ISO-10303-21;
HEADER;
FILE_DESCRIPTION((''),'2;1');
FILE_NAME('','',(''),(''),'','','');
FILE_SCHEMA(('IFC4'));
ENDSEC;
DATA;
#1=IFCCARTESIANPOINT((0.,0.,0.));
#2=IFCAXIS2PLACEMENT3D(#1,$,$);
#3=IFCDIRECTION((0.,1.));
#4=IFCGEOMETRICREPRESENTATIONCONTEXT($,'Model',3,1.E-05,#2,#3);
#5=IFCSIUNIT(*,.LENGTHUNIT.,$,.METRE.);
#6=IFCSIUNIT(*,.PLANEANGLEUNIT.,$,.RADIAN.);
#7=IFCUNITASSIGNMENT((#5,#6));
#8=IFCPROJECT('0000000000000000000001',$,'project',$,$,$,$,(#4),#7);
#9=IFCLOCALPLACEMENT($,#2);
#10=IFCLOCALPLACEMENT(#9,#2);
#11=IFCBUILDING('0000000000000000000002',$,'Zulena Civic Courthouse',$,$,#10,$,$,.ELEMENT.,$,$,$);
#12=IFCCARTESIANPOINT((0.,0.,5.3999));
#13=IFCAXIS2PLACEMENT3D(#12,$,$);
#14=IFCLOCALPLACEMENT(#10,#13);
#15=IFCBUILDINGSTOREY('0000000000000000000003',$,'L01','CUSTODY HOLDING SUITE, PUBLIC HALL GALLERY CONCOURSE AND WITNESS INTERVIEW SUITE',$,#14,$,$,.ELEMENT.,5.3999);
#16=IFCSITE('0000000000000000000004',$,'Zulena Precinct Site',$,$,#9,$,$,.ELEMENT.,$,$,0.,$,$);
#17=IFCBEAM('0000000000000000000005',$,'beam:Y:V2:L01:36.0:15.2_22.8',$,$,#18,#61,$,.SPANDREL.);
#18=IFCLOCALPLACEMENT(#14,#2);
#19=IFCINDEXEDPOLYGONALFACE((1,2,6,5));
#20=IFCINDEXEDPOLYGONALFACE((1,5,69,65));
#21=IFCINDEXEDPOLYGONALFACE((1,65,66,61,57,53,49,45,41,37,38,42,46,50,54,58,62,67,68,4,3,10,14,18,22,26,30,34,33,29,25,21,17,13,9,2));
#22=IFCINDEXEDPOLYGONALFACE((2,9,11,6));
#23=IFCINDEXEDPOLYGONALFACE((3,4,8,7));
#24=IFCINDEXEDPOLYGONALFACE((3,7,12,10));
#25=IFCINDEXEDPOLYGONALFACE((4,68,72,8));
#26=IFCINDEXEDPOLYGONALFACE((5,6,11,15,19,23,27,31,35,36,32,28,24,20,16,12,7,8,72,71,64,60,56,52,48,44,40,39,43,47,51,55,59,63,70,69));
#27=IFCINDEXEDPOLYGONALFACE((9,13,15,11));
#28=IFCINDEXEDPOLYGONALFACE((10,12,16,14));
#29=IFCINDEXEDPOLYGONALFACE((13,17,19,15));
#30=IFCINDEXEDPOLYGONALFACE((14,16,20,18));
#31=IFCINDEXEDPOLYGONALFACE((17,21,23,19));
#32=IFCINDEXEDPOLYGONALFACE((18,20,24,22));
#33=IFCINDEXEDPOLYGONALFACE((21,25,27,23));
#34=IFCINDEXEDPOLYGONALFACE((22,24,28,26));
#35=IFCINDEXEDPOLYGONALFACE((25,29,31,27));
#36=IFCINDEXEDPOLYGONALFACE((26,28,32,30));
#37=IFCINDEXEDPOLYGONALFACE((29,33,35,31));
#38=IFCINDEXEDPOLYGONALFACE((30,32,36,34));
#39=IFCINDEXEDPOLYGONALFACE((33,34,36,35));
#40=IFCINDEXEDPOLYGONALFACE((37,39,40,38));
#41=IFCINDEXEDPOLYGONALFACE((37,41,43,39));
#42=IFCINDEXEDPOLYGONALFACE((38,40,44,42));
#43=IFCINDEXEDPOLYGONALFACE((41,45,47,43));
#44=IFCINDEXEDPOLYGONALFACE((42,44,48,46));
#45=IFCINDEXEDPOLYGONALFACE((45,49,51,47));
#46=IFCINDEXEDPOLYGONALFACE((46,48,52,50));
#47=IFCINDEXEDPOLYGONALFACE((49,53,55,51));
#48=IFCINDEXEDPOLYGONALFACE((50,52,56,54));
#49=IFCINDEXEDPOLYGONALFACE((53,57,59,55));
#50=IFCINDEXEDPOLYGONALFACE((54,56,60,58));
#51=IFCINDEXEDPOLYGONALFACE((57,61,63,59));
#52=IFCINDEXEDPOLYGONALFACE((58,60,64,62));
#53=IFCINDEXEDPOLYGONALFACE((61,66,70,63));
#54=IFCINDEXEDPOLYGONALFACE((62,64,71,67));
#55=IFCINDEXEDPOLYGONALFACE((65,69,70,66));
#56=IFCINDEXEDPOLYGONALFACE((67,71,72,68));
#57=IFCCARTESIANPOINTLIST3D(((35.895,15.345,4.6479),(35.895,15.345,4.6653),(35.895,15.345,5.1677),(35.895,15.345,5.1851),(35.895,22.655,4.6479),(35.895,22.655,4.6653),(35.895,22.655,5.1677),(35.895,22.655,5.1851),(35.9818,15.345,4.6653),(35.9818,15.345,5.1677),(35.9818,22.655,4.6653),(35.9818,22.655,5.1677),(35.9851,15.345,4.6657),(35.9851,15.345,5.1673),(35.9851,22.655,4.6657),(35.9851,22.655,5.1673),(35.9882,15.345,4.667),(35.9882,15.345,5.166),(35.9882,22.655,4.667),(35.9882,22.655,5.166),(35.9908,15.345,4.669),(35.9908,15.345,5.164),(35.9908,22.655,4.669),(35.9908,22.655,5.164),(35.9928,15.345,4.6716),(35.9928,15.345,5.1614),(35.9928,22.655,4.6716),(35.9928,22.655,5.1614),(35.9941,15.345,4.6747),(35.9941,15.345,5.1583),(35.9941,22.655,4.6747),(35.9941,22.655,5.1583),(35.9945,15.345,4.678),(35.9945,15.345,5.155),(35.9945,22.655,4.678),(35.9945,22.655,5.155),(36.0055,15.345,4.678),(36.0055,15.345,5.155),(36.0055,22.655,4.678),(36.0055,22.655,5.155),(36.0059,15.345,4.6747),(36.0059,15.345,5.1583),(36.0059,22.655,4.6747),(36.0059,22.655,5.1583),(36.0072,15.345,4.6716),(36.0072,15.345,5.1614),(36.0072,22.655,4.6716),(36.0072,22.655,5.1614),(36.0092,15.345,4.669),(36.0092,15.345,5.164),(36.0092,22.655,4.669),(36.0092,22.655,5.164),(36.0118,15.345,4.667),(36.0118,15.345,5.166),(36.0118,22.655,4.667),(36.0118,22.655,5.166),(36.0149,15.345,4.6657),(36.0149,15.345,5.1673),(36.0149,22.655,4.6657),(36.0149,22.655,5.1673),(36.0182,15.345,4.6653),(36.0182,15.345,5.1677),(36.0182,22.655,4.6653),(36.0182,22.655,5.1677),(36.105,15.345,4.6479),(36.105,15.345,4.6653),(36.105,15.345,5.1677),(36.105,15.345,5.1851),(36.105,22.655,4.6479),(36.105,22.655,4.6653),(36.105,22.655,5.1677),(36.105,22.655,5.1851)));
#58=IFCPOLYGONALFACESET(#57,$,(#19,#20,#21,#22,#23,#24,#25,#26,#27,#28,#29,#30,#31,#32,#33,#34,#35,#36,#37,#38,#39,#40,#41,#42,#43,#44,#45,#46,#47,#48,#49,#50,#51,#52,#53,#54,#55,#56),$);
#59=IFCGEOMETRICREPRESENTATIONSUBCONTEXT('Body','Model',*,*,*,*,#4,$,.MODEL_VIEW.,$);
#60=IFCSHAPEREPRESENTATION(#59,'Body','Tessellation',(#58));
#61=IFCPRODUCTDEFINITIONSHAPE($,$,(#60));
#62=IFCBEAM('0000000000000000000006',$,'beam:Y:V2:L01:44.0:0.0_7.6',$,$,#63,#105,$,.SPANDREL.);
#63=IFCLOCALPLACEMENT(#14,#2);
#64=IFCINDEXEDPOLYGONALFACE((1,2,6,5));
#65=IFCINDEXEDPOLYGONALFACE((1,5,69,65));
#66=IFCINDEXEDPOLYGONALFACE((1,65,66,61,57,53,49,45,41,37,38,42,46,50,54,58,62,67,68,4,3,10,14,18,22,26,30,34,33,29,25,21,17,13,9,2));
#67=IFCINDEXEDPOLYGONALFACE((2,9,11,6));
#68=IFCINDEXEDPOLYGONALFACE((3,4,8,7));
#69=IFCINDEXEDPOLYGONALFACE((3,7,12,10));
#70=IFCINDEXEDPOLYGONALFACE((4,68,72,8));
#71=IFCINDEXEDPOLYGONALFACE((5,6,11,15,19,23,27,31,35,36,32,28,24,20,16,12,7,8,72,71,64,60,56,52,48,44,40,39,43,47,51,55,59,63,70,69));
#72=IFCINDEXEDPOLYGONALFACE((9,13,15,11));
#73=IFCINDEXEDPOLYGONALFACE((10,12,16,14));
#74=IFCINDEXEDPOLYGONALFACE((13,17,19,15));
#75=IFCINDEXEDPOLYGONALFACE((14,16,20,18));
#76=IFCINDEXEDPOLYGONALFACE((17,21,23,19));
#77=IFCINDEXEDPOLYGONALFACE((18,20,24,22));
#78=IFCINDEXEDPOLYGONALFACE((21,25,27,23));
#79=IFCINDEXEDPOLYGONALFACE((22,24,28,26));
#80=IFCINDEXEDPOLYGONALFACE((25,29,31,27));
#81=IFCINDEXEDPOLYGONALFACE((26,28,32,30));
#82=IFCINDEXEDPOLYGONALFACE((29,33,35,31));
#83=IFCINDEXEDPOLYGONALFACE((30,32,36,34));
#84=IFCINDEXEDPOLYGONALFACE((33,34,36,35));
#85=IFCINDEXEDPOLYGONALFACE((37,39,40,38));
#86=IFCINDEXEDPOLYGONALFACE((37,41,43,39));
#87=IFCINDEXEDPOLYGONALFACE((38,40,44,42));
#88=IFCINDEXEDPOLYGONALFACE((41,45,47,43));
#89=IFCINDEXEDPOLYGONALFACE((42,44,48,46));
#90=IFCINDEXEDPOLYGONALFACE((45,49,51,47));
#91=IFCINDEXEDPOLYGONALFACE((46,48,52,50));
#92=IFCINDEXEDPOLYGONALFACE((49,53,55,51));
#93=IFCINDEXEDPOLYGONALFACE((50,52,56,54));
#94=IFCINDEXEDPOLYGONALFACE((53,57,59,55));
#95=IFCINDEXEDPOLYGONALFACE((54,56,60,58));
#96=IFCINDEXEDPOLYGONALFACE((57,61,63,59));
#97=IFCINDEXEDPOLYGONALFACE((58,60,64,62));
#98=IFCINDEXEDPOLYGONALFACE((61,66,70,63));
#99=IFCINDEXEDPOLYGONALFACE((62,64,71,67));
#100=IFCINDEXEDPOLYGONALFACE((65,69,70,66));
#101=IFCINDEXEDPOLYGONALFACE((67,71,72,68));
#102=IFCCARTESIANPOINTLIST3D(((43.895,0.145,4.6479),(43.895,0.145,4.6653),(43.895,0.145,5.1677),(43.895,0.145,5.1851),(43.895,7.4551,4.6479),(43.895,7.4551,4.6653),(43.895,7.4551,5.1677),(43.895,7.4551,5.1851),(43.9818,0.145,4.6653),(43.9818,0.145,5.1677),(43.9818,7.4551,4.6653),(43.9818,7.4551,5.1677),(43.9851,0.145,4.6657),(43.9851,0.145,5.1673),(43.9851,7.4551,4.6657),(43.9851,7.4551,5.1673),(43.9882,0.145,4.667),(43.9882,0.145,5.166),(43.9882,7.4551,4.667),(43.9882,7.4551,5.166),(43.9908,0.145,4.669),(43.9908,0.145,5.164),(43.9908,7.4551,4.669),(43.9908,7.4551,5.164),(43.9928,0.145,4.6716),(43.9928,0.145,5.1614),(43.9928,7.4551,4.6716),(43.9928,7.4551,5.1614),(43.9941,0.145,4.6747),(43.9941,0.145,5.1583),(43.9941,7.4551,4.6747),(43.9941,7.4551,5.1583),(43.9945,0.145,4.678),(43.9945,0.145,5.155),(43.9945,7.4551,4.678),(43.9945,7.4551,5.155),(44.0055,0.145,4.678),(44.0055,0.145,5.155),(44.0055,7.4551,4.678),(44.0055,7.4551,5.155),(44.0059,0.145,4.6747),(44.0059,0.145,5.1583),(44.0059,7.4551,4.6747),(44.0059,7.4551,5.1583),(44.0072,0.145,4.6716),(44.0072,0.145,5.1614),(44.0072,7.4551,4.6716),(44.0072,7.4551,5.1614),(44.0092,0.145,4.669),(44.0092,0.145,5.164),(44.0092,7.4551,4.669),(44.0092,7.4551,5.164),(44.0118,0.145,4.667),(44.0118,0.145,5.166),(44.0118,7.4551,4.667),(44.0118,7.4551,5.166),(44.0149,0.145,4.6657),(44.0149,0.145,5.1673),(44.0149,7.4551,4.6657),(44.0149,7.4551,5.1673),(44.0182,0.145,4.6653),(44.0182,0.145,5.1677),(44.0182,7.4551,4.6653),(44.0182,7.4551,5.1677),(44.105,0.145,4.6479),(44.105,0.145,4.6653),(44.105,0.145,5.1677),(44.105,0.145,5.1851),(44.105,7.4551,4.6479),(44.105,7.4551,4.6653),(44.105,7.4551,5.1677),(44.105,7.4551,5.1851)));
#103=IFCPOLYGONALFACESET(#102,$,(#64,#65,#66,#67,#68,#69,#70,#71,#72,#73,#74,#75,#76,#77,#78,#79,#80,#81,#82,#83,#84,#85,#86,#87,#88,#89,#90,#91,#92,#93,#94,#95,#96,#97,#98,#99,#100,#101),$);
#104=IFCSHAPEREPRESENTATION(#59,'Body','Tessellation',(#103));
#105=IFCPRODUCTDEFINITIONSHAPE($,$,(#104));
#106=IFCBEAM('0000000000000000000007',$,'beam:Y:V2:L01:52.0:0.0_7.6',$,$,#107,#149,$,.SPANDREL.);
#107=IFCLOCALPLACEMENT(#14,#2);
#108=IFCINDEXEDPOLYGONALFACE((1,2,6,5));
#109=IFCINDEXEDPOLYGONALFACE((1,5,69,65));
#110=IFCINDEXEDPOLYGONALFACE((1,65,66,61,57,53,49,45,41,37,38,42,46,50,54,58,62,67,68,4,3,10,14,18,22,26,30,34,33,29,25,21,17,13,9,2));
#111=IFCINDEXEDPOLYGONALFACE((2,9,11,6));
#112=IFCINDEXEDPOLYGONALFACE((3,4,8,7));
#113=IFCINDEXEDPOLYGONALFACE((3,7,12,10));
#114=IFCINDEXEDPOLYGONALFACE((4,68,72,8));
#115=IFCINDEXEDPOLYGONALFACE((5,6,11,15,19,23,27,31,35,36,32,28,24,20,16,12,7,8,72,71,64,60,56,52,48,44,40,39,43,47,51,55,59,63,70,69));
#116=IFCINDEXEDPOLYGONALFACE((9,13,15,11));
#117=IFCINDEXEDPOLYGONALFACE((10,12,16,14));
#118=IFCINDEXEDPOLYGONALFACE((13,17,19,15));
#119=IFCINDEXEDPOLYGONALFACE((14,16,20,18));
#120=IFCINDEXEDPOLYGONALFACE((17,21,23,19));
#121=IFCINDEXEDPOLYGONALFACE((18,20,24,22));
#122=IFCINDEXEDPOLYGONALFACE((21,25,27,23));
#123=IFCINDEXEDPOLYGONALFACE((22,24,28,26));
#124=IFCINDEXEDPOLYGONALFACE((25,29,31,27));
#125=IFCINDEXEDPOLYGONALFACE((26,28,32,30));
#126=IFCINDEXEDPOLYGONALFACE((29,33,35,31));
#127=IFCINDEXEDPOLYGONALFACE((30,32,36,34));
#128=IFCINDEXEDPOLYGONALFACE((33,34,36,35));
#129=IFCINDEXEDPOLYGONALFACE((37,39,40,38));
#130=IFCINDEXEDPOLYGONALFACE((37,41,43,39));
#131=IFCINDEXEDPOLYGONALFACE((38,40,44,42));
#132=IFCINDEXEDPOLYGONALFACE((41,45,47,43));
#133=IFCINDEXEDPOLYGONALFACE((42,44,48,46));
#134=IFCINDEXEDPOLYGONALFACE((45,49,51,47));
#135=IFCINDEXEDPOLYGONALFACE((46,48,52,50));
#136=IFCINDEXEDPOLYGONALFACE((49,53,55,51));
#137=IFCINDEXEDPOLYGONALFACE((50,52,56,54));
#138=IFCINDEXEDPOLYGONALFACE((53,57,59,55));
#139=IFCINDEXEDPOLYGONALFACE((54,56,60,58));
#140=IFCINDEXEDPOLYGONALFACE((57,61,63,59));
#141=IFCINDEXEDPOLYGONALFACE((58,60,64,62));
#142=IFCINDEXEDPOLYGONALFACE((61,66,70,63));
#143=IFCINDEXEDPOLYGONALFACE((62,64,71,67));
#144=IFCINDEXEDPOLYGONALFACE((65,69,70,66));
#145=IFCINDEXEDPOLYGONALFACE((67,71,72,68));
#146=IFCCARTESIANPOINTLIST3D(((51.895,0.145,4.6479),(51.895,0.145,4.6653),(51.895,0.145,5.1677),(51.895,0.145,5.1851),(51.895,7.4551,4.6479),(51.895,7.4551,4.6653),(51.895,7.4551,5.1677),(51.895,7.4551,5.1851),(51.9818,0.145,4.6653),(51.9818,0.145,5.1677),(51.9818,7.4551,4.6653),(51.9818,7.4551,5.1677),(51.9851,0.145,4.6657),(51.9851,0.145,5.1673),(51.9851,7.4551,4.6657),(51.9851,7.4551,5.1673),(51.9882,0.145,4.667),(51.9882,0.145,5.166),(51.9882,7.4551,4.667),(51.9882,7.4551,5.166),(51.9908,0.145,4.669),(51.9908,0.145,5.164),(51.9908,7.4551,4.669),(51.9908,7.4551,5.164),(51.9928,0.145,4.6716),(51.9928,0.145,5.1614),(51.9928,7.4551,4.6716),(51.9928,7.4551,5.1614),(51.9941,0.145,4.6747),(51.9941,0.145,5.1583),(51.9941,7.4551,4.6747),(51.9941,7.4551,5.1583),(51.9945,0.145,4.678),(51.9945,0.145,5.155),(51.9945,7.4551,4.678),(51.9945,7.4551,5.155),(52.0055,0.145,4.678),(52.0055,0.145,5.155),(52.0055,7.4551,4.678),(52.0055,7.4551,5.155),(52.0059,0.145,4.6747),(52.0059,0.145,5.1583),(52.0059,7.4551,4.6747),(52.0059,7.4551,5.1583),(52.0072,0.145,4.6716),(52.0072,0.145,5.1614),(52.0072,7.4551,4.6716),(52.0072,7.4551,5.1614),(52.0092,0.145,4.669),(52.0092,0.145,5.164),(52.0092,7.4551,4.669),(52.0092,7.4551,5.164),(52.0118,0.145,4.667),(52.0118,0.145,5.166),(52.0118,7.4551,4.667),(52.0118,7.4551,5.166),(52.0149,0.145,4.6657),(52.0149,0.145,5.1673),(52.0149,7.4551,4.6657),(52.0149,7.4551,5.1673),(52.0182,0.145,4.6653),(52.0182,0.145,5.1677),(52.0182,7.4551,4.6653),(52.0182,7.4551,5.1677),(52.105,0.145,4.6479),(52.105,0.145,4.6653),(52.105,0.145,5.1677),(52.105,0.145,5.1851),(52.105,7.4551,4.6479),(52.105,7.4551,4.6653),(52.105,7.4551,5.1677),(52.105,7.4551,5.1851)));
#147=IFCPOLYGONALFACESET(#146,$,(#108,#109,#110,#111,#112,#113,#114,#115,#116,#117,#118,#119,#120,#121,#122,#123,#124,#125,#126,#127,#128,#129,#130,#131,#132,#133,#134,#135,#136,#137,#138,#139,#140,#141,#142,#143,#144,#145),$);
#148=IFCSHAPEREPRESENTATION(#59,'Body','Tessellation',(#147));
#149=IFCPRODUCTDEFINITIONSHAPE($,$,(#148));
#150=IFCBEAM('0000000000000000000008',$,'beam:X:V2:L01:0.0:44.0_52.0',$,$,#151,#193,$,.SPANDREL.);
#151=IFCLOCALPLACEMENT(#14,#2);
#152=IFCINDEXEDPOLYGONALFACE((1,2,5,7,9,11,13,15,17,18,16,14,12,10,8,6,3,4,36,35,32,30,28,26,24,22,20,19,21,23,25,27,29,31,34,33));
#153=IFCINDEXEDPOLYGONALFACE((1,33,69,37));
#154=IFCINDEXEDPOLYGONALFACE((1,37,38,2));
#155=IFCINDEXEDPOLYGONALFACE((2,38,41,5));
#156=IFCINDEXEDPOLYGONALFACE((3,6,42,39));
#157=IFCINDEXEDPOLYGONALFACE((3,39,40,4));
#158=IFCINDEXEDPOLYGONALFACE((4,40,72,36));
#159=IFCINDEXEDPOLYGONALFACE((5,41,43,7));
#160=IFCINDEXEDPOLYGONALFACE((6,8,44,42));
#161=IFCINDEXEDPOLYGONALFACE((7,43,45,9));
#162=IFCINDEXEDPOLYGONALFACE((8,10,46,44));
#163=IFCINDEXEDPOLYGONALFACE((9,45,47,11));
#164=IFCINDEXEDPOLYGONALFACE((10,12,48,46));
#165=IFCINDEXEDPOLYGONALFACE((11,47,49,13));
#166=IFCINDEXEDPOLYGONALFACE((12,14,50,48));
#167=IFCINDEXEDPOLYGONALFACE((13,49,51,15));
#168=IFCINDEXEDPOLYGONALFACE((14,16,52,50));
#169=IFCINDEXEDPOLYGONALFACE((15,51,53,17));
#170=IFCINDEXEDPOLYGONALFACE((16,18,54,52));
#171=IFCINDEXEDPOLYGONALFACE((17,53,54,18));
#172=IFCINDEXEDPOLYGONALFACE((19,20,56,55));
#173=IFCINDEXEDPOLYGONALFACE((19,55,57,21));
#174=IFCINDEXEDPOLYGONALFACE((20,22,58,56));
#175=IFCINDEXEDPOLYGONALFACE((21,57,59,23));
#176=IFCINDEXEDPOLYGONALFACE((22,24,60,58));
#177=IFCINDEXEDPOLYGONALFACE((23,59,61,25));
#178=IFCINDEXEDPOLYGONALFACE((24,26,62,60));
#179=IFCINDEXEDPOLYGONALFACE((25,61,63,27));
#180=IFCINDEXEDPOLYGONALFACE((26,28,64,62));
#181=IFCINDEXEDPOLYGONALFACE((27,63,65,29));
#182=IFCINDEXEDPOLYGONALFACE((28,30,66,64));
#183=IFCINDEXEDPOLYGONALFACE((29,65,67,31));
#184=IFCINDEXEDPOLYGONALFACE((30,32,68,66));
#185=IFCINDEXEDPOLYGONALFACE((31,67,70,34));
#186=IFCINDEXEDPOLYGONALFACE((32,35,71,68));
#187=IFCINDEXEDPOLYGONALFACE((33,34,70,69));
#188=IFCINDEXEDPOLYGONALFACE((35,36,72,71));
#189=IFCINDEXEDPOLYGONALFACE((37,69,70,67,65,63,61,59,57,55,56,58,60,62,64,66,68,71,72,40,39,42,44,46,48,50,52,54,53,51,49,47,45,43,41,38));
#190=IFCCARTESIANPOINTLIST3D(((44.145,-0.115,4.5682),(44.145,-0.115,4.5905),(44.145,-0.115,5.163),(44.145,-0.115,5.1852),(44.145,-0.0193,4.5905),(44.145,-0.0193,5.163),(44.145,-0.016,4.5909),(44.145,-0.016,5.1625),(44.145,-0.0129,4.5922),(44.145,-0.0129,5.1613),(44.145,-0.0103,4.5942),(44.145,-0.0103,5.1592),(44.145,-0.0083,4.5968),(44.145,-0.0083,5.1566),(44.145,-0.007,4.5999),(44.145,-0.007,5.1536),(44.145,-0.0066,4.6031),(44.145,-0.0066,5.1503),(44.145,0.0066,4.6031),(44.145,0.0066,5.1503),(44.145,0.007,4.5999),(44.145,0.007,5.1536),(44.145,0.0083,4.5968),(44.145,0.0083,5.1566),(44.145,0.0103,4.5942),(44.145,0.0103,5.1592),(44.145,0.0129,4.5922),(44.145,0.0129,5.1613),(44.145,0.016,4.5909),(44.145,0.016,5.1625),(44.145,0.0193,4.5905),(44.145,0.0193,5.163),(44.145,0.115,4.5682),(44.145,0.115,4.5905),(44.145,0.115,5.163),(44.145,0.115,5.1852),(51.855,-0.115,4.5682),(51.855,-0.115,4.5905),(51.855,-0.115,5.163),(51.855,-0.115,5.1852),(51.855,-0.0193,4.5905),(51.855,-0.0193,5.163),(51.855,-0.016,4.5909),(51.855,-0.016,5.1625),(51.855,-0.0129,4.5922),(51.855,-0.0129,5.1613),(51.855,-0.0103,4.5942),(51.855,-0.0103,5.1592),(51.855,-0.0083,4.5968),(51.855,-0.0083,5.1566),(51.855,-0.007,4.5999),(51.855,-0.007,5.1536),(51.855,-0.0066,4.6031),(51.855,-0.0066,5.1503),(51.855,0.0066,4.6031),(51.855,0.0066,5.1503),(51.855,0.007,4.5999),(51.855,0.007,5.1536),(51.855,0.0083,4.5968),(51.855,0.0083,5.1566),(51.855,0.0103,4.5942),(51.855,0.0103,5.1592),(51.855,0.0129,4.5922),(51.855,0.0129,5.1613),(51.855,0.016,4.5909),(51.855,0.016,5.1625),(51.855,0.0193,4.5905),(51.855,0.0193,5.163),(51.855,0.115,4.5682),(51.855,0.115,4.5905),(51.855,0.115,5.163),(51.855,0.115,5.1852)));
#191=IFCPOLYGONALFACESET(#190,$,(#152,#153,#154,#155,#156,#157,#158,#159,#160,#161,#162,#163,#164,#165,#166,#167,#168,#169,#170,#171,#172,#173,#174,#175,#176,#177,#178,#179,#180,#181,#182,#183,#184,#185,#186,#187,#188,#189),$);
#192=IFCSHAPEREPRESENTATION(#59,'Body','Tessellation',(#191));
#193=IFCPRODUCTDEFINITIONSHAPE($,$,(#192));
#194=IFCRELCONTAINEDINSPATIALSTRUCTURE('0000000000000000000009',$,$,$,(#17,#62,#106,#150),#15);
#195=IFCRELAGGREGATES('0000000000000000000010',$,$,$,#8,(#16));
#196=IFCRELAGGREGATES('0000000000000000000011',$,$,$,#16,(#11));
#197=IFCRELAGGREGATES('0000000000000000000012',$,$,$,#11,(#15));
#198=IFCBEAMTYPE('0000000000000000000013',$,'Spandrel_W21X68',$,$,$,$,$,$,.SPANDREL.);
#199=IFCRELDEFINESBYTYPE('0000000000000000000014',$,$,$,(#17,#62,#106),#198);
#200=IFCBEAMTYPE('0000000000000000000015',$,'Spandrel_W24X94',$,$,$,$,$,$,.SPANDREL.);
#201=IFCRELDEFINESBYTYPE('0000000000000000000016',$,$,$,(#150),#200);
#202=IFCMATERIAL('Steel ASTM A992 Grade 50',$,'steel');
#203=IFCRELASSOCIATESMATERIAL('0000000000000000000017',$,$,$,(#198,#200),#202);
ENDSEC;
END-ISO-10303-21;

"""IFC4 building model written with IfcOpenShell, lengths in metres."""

from ifc_helpers import new_model, si_unit, direction, frame, origin, origin_2d, place, context, subcontext, project, spatial, i_section, extrude, material, material_profile, profile_set, type_object, element, save


model = new_model("IFC4")

# Units and contexts
model_context = context("Model", 3, precision=1e-05, world=origin(), true_north=direction((0.0, 1.0)))
body_context = subcontext(model_context, "Body", "Model", "MODEL_VIEW")
ifc_project = project(units=[si_unit("LENGTHUNIT", "METRE"), si_unit("PLANEANGLEUNIT", "RADIAN")], contexts=[model_context])

# Site, building, storey
site_placement = place(None, origin())
site = spatial("IfcSite", under=ifc_project, at=site_placement, Name="Zulena Precinct Site", CompositionType="ELEMENT", RefElevation=0.0)
building_placement = place(site_placement, origin())
building = spatial("IfcBuilding", under=site, at=building_placement, Name="Zulena Civic Courthouse", CompositionType="ELEMENT")
storey_placement = place(building_placement, frame((0.0, 0.0, 5.3999)))
storey = spatial("IfcBuildingStorey", under=building, at=storey_placement, Name="L01", Description="CUSTODY HOLDING SUITE, PUBLIC HALL GALLERY CONCOURSE AND WITNESS INTERVIEW SUITE", CompositionType="ELEMENT", Elevation=5.3999)

# Shared definitions
ifc_material_1 = material(Name="Steel ASTM A992 Grade 50", Category="steel")

# Beams
ifc_material_profile_1 = material_profile(ifc_material_1, i_section(OverallWidth=0.21, OverallDepth=0.5371, WebThickness=0.011, FlangeThickness=0.0173, FilletRadius=0.0127, at=origin_2d()), Name="W21X68")
ifc_profile_set_1 = profile_set([ifc_material_profile_1], Name="Steel ASTM A992 Grade 50")
beam_type_1 = type_object("IfcBeamType", Name="Spandrel_W21X68", PredefinedType="SPANDREL", material=ifc_profile_set_1)
for number, where, z_axis, x_axis, name in (
    (1, (36.0, 15.345, 4.9165), (0.0, 1.0, 0.0), (-1.0, 0.0, 0.0), "beam:Y:V2:L01:36.0:15.2_22.8"),
    (2, (44.0, 0.145, 4.9165), (0.0, 1.0, 0.0), (-1.0, 0.0, 0.0), "beam:Y:V2:L01:44.0:0.0_7.6"),
    (3, (52.0, 0.145, 4.9165), (0.0, 1.0, 0.0), (-1.0, 0.0, 0.0), "beam:Y:V2:L01:52.0:0.0_7.6"),
):
    element("IfcBeam", number, at=place(storey_placement, frame(where, z_axis=z_axis, x_axis=x_axis)), inside=storey, type_object=beam_type_1, Name=name, PredefinedType="SPANDREL", context=body_context, shape_type="SweptSolid", body=[
        extrude(i_section(OverallWidth=0.21, OverallDepth=0.5371, WebThickness=0.011, FlangeThickness=0.0173, FilletRadius=0.0127, at=origin_2d()), origin(), (0.0, 0.0, 1.0), 7.3101),
    ])
ifc_material_profile_2 = material_profile(ifc_material_1, i_section(OverallWidth=0.23, OverallDepth=0.6169, WebThickness=0.0132, FlangeThickness=0.0222, FilletRadius=0.0127, at=origin_2d()), Name="W24X94")
ifc_profile_set_2 = profile_set([ifc_material_profile_2], Name="Steel ASTM A992 Grade 50")
beam_type_2 = type_object("IfcBeamType", Name="Spandrel_W24X94", PredefinedType="SPANDREL", material=ifc_profile_set_2)
for number, where, z_axis, x_axis, name in (
    (4, (44.145, 0.0, 4.8767), (1.0, 0.0, 0.0), (0.0, 1.0, 0.0), "beam:X:V2:L01:0.0:44.0_52.0"),
):
    element("IfcBeam", number, at=place(storey_placement, frame(where, z_axis=z_axis, x_axis=x_axis)), inside=storey, type_object=beam_type_2, Name=name, PredefinedType="SPANDREL", context=body_context, shape_type="SweptSolid", body=[
        extrude(i_section(OverallWidth=0.23, OverallDepth=0.6169, WebThickness=0.0132, FlangeThickness=0.0222, FilletRadius=0.0127, at=origin_2d()), origin(), (0.0, 0.0, 1.0), 7.71),
    ])

save(model, "model.ifc")
